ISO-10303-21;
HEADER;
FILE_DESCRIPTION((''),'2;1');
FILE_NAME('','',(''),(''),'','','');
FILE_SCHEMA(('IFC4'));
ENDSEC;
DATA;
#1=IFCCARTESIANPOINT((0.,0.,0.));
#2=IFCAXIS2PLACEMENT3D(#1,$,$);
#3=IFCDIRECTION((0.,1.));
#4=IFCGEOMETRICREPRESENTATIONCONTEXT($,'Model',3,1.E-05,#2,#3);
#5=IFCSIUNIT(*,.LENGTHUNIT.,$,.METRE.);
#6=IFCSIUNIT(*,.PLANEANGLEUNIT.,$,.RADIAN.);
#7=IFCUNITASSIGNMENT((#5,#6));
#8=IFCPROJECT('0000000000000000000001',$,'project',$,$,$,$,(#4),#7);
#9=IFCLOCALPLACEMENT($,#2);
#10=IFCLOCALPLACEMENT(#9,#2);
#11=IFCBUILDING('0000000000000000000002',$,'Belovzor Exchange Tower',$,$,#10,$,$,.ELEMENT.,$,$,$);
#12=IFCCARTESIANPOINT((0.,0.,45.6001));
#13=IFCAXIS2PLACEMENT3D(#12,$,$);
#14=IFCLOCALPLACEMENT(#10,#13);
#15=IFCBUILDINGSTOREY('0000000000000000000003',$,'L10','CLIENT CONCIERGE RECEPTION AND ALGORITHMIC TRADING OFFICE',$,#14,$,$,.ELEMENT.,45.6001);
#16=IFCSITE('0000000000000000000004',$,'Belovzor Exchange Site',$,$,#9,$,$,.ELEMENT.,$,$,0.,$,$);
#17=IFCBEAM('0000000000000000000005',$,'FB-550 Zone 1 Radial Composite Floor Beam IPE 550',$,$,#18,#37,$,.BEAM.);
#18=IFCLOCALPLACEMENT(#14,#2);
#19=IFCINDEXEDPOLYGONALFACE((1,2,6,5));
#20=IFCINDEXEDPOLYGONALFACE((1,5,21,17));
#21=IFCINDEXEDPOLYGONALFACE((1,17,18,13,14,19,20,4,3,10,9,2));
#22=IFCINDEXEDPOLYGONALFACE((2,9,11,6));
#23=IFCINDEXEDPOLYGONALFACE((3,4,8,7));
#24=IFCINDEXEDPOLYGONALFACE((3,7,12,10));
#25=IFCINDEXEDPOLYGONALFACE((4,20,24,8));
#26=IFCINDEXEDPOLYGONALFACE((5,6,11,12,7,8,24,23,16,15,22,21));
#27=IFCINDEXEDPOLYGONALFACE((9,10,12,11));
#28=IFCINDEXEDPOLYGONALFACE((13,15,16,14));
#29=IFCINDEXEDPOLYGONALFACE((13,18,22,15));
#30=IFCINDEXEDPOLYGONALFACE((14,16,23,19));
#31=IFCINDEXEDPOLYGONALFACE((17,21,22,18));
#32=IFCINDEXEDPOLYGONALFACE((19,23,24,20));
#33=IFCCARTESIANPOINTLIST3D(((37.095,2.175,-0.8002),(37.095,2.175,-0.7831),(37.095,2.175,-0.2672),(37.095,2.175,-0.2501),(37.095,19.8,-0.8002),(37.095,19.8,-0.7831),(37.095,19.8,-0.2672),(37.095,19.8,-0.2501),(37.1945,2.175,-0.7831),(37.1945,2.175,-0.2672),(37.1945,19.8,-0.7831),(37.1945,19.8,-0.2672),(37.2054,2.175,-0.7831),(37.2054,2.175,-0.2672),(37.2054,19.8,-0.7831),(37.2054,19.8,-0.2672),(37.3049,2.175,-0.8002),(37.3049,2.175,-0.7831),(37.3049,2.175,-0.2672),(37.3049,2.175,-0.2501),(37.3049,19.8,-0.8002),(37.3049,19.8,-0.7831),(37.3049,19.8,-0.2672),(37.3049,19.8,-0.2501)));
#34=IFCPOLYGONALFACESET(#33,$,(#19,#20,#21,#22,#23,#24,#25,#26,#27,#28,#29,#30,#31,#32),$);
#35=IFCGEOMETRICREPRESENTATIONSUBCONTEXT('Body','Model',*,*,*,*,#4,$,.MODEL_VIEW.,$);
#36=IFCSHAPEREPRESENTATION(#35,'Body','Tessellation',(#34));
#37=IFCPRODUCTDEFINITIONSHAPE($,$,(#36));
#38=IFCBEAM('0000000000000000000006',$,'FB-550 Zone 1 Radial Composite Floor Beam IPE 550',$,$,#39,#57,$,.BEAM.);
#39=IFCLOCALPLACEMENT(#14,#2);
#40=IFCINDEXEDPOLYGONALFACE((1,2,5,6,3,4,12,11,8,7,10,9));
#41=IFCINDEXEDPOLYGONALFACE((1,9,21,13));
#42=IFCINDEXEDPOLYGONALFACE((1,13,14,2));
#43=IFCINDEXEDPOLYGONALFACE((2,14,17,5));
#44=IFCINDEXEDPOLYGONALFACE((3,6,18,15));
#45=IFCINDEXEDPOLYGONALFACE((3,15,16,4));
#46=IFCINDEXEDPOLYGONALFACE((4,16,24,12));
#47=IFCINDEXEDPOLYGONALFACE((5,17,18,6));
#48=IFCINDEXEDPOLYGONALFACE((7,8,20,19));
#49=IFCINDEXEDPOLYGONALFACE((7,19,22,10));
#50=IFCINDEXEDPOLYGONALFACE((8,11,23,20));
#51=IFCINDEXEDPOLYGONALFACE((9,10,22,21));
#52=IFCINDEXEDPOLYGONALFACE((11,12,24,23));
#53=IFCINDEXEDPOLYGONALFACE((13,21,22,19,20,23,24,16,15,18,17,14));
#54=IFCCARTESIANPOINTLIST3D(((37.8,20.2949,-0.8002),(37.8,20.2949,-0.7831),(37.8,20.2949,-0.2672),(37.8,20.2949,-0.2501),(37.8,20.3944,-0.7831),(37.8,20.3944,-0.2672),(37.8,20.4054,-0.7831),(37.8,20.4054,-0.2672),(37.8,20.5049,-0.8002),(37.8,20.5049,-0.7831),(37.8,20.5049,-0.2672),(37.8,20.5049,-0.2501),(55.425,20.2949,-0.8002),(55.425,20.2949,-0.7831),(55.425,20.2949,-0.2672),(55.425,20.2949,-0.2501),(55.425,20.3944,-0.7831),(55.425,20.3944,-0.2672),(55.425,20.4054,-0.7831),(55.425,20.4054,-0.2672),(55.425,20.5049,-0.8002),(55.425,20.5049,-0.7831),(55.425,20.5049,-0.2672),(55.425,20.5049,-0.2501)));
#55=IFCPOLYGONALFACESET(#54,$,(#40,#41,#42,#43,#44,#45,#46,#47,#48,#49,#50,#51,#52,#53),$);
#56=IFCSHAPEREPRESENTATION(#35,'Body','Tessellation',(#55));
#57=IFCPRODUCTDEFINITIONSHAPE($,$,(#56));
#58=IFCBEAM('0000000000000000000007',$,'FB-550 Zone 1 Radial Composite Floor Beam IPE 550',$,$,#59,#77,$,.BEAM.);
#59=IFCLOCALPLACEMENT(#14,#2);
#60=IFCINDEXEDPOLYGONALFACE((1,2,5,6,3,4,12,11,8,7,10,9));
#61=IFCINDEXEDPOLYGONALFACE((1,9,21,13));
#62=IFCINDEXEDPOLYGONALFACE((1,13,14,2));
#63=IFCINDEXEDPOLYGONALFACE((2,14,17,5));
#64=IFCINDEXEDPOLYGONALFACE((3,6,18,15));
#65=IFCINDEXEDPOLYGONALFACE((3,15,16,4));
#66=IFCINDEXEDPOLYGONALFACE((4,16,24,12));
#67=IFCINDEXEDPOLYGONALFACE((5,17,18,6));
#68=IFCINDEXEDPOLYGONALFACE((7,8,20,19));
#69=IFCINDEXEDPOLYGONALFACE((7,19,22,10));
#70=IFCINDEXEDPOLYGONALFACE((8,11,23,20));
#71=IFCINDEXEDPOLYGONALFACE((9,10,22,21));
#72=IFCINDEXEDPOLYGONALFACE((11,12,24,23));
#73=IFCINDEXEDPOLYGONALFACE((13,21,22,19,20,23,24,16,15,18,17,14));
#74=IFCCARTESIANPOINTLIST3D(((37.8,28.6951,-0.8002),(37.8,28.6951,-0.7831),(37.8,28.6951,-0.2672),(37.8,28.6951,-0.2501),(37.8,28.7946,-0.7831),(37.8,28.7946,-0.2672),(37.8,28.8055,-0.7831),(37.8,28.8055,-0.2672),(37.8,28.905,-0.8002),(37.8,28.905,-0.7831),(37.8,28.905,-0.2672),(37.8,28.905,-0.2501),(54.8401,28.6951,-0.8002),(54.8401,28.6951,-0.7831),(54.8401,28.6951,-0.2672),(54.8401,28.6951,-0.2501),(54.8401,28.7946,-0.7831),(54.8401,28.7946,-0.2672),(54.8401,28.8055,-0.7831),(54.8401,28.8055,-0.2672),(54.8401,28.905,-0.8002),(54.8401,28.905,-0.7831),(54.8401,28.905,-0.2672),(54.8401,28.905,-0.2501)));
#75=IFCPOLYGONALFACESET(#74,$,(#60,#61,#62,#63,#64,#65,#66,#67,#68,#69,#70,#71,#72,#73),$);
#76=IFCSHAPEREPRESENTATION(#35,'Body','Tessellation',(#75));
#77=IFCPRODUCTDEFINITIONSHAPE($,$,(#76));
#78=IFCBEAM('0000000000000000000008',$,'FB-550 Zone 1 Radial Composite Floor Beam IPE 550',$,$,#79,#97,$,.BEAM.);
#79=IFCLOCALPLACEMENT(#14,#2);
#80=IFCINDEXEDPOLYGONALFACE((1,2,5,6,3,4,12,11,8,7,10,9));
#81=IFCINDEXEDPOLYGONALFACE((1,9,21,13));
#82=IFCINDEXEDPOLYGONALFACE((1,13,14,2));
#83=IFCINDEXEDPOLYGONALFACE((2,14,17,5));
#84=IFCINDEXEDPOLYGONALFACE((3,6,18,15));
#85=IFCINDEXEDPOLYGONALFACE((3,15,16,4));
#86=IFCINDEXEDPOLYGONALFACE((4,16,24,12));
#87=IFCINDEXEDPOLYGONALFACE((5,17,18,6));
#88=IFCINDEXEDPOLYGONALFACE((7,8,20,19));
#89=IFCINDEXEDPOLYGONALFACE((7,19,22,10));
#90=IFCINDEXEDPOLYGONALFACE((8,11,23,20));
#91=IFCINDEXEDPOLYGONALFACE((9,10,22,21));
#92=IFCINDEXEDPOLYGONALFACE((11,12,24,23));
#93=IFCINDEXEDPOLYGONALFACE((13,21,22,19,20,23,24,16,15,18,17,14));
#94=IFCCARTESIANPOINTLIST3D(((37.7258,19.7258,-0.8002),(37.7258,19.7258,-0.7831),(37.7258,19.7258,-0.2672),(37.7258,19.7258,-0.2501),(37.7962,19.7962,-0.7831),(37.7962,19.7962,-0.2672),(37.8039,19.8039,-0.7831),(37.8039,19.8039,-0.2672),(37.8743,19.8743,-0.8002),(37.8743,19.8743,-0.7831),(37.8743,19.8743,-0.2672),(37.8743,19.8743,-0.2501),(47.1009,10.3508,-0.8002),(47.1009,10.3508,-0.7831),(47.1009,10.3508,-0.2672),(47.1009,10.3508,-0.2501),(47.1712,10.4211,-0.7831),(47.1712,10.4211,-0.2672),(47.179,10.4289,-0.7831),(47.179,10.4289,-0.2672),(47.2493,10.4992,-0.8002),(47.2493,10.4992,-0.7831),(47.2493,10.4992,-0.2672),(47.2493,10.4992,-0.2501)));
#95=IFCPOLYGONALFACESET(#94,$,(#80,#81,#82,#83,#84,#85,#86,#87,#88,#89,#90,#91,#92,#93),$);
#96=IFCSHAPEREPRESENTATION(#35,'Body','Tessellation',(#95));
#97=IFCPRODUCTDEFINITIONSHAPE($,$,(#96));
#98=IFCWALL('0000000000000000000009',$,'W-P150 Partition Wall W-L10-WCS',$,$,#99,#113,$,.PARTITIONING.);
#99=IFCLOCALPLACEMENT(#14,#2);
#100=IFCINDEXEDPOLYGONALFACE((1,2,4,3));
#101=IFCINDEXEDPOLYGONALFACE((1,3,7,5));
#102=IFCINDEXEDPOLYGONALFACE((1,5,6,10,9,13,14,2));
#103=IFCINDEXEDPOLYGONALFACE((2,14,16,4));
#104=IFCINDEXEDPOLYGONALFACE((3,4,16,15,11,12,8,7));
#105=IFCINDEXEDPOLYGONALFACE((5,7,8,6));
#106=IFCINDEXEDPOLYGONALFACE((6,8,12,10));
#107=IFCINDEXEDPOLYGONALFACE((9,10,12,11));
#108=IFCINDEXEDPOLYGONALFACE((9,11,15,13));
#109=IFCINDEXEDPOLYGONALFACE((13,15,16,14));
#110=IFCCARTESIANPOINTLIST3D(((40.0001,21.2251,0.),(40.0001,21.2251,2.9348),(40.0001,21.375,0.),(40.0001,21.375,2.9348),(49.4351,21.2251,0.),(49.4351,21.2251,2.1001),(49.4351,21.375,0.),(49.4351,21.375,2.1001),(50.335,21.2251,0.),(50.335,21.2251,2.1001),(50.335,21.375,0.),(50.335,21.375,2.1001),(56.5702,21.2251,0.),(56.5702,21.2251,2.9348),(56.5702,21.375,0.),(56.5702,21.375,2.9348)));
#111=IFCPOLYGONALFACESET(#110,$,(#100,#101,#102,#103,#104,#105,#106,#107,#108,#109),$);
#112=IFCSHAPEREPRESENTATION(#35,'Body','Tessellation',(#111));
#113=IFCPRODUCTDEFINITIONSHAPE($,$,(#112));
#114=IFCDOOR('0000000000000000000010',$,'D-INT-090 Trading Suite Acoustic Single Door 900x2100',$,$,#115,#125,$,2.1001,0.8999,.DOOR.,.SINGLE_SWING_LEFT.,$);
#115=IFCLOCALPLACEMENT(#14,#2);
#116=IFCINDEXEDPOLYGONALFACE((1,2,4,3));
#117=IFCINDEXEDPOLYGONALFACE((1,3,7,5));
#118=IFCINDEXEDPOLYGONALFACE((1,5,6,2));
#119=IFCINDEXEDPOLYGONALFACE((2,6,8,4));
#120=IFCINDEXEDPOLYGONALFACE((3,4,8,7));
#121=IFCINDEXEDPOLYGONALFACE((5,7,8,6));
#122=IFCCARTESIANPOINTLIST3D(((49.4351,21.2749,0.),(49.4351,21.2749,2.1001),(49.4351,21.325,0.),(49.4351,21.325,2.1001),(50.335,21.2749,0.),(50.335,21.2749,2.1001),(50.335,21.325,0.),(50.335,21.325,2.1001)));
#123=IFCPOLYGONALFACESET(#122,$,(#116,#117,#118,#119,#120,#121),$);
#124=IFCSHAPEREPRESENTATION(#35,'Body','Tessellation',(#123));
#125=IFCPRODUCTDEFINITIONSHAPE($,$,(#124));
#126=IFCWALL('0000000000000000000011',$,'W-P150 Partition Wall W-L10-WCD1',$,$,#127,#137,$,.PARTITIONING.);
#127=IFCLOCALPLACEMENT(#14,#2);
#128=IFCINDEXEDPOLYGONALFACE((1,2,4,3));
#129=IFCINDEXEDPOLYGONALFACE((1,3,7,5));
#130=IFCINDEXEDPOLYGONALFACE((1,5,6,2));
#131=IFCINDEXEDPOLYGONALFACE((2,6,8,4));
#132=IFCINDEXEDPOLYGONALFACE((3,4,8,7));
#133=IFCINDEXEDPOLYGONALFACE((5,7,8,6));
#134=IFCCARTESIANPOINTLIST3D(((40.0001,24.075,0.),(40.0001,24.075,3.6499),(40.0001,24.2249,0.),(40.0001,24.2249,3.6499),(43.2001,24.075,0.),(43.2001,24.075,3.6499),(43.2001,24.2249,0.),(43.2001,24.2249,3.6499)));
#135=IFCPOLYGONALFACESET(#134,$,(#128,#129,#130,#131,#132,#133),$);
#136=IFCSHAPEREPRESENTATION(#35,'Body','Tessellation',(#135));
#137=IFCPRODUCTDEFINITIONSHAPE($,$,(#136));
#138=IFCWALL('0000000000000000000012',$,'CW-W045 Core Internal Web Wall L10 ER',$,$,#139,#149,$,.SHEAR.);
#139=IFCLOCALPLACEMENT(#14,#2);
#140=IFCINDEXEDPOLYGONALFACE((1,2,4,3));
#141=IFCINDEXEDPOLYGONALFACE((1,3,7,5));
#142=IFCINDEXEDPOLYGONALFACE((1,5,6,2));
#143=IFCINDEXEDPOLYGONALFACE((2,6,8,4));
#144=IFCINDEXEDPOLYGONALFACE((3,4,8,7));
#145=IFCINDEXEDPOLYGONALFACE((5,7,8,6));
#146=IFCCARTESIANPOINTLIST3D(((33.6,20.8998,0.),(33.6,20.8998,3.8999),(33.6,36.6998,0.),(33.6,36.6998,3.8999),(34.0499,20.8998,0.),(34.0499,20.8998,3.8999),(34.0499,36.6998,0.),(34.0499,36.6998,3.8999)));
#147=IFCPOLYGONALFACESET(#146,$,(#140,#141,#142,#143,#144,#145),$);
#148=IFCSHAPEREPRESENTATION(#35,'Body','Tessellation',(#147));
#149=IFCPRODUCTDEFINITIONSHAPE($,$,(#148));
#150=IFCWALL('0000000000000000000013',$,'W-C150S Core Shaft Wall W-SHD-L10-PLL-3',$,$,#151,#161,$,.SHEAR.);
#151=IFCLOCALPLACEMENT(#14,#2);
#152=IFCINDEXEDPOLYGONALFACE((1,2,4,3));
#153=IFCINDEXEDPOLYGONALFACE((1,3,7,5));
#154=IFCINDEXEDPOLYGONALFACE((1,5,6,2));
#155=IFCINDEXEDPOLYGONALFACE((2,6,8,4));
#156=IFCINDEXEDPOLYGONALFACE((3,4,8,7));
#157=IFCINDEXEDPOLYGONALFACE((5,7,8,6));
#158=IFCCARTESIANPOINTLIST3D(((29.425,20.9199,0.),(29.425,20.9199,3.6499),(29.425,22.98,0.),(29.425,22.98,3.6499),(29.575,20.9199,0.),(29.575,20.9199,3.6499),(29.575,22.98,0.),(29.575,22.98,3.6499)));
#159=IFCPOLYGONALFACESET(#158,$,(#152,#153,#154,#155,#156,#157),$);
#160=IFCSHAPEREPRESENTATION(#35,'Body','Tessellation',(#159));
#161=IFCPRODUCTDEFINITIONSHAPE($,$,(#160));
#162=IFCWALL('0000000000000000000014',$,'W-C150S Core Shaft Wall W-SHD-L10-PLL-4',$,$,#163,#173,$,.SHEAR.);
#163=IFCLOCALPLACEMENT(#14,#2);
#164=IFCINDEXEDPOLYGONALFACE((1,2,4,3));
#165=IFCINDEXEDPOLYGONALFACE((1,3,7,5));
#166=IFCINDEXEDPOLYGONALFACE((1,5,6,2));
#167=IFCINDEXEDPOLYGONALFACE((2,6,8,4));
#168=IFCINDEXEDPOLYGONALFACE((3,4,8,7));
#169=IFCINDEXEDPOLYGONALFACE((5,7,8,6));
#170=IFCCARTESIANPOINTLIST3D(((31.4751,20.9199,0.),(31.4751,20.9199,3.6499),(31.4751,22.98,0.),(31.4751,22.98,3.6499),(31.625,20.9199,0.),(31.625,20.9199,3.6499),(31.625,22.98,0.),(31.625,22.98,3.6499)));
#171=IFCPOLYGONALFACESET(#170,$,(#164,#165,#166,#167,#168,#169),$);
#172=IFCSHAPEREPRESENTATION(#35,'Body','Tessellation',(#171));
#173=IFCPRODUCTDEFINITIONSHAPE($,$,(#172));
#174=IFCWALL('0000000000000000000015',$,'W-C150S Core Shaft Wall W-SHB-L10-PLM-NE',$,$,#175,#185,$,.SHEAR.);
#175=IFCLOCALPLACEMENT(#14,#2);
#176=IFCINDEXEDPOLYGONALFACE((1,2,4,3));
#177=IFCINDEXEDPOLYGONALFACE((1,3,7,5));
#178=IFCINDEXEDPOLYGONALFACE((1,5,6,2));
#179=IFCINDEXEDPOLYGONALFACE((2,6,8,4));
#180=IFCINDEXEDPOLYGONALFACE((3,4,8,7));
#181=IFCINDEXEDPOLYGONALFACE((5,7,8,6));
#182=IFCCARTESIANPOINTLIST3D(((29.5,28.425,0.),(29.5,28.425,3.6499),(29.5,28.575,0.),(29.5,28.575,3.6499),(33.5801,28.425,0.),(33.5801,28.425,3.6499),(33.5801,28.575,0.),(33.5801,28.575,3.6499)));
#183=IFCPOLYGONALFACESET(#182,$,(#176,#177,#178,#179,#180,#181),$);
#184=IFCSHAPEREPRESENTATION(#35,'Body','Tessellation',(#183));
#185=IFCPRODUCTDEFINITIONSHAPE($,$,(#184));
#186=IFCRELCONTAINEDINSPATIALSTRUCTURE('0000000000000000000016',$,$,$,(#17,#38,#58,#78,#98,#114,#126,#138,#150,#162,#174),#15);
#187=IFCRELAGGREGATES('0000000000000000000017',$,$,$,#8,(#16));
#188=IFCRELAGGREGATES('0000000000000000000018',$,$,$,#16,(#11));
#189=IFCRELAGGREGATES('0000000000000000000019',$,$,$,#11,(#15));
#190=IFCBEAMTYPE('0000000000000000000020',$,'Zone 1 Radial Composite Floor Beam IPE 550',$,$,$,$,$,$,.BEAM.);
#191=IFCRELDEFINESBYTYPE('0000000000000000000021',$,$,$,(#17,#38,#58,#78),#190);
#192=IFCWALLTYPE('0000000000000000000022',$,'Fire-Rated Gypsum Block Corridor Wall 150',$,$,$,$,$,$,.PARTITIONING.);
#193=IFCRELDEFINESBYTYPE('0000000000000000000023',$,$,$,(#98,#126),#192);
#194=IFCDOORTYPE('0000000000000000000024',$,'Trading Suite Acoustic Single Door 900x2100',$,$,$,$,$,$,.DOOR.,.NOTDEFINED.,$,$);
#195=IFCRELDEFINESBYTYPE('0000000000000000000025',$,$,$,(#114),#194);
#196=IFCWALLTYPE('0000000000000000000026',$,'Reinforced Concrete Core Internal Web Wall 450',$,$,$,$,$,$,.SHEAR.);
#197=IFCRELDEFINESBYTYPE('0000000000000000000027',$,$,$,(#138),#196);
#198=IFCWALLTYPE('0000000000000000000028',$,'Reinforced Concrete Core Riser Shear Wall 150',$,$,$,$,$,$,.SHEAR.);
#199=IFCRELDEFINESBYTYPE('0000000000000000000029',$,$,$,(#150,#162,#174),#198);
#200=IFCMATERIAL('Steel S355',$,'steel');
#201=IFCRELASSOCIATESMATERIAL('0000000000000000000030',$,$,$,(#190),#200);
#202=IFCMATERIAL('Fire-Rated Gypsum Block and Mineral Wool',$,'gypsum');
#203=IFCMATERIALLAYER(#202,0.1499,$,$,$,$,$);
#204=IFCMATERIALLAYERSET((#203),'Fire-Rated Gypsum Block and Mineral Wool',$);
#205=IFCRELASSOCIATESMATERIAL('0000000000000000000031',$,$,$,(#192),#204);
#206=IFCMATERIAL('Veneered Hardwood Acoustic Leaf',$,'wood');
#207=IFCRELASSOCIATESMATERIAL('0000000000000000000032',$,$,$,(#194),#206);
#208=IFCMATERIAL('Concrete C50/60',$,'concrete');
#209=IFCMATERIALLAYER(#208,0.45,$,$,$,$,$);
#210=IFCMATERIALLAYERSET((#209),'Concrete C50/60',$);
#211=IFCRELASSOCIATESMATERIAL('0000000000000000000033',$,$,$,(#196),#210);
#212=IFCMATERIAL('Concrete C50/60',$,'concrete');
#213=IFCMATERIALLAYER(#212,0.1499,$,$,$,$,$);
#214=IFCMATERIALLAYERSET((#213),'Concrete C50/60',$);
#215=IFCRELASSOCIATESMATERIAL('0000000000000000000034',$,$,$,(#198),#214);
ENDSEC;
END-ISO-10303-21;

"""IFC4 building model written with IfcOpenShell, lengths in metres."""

from ifc_helpers import new_model, si_unit, direction, frame, frame_2d, origin, origin_2d, place, context, subcontext, project, spatial, rectangle, i_section, extrude, material, layer, layer_set, material_profile, profile_set, type_object, element, fill, save


model = new_model("IFC4")

# Units and contexts
model_context = context("Model", 3, precision=1e-05, world=origin(), true_north=direction((0.0, 1.0)))
body_context = subcontext(model_context, "Body", "Model", "MODEL_VIEW")
ifc_project = project(units=[si_unit("LENGTHUNIT", "METRE"), si_unit("PLANEANGLEUNIT", "RADIAN")], contexts=[model_context])

# Site, building, storey
site_placement = place(None, origin())
site = spatial("IfcSite", under=ifc_project, at=site_placement, Name="Belovzor Exchange Site", CompositionType="ELEMENT", RefElevation=0.0)
building_placement = place(site_placement, origin())
building = spatial("IfcBuilding", under=site, at=building_placement, Name="Belovzor Exchange Tower", CompositionType="ELEMENT")
storey_placement = place(building_placement, frame((0.0, 0.0, 45.6001)))
storey = spatial("IfcBuildingStorey", under=building, at=storey_placement, Name="L10", Description="CLIENT CONCIERGE RECEPTION AND ALGORITHMIC TRADING OFFICE", CompositionType="ELEMENT", Elevation=45.6001)

# Beams
ifc_material_1 = material(Name="Steel S355", Category="steel")
ifc_material_profile = material_profile(ifc_material_1, i_section(OverallWidth=0.21, OverallDepth=0.55, WebThickness=0.011, FlangeThickness=0.0171, at=origin_2d()))
ifc_profile_set = profile_set([ifc_material_profile], Name="Steel S355")
beam_type = type_object("IfcBeamType", Name="Zone 1 Radial Composite Floor Beam IPE 550", PredefinedType="BEAM", material=ifc_profile_set)
for number, where, z_axis, x_axis, name in (
    (1, (37.2, 19.8, -0.5251), (0.0, -1.0, 0.0), (1.0, 0.0, 0.0), "FB-550 Zone 1 Radial Composite Floor Beam IPE 550"),
    (2, (37.8, 20.3999, -0.5251), (1.0, 0.0, 0.0), (0.0, 1.0, 0.0), "FB-550 Zone 1 Radial Composite Floor Beam IPE 550"),
):
    element("IfcBeam", number, at=place(storey_placement, frame(where, z_axis=z_axis, x_axis=x_axis)), inside=storey, type_object=beam_type, Name=name, PredefinedType="BEAM", context=body_context, shape_type="SweptSolid", body=[
        extrude(i_section(OverallWidth=0.21, OverallDepth=0.55, WebThickness=0.011, FlangeThickness=0.0171, at=origin_2d()), origin(), (0.0, 0.0, 1.0), 17.625),
    ])
beam_1_placement = place(storey_placement, frame((37.8, 28.8, -0.5251), z_axis=(1.0, 0.0, 0.0), x_axis=(0.0, 1.0, 0.0)))
element("IfcBeam", 3, at=beam_1_placement, inside=storey, type_object=beam_type, Name="FB-550 Zone 1 Radial Composite Floor Beam IPE 550", PredefinedType="BEAM", context=body_context, shape_type="SweptSolid", body=[
    extrude(i_section(OverallWidth=0.21, OverallDepth=0.55, WebThickness=0.011, FlangeThickness=0.0171, at=origin_2d()), origin(), (0.0, 0.0, 1.0), 17.04),
])
beam_2_placement = place(storey_placement, frame((37.8, 19.8, -0.5251), z_axis=(0.707107, -0.707107, 0.0), x_axis=(0.707107, 0.707107, 0.0)))
element("IfcBeam", 4, at=beam_2_placement, inside=storey, type_object=beam_type, Name="FB-550 Zone 1 Radial Composite Floor Beam IPE 550", PredefinedType="BEAM", context=body_context, shape_type="SweptSolid", body=[
    extrude(i_section(OverallWidth=0.21, OverallDepth=0.55, WebThickness=0.011, FlangeThickness=0.0171, at=origin_2d()), origin(), (0.0, 0.0, 1.0), 13.2583),
])

# Wall, opening, door
ifc_material_2 = material(Name="Fire-Rated Gypsum Block and Mineral Wool", Category="gypsum")
ifc_layer_1 = layer(ifc_material_2, 0.1499)
ifc_layer_set_1 = layer_set([ifc_layer_1], Name="Fire-Rated Gypsum Block and Mineral Wool")
wall_type_1 = type_object("IfcWallType", Name="Fire-Rated Gypsum Block Corridor Wall 150", PredefinedType="PARTITIONING", material=ifc_layer_set_1)
wall_1_placement = place(storey_placement, frame((40.0, 21.3, 0.0), z_axis=(0.0, 0.0, 1.0), x_axis=(1.0, 0.0, 0.0)))
wall_1 = element("IfcWall", 5, at=wall_1_placement, inside=storey, type_object=wall_type_1, Name="W-P150 Partition Wall W-L10-WCS", PredefinedType="PARTITIONING", context=body_context, shape_type="SweptSolid", body=[
    extrude(rectangle(XDim=16.5701, YDim=0.1499, at=frame_2d((8.2852, 0.0))), origin(), (0.0, 0.0, 1.0), 2.9348),
])
opening_1_placement = place(wall_1_placement, frame((9.4351, 0.0, 0.0)))
opening_1 = element("IfcOpeningElement", 6, at=opening_1_placement, cuts=wall_1, PredefinedType="OPENING", context=body_context, shape_type="SweptSolid", body=[
    extrude(rectangle(XDim=0.8999, YDim=2.1001, at=frame_2d((0.45, 1.05))), frame((0.0, 0.085, 0.0), z_axis=(0.0, -1.0, 0.0), x_axis=(1.0, 0.0, 0.0)), (0.0, 0.0, 1.0), 0.1699),
])
ifc_material_3 = material(Name="Veneered Hardwood Acoustic Leaf", Category="wood")
door_type_1 = type_object("IfcDoorType", Name="Trading Suite Acoustic Single Door 900x2100", OperationType="NOTDEFINED", PredefinedType="DOOR", material=ifc_material_3)
door_1_placement = place(opening_1_placement, origin())
door_1 = element("IfcDoor", 7, at=door_1_placement, inside=storey, type_object=door_type_1, Name="D-INT-090 Trading Suite Acoustic Single Door 900x2100", OperationType="SINGLE_SWING_LEFT", OverallHeight=2.1001, OverallWidth=0.8999, PredefinedType="DOOR", context=body_context, shape_type="SweptSolid", body=[
    extrude(rectangle(XDim=0.8999, YDim=2.1001, at=frame_2d((0.45, 1.05))), frame((0.0, 0.0249, 0.0), z_axis=(0.0, -1.0, 0.0), x_axis=(1.0, 0.0, 0.0)), (0.0, 0.0, 1.0), 0.05),
])
fill(opening_1, door_1)

# Walls
wall_2_placement = place(storey_placement, frame((40.0, 24.1499, 0.0), z_axis=(0.0, 0.0, 1.0), x_axis=(1.0, 0.0, 0.0)))
element("IfcWall", 8, at=wall_2_placement, inside=storey, type_object=wall_type_1, Name="W-P150 Partition Wall W-L10-WCD1", PredefinedType="PARTITIONING", context=body_context, shape_type="SweptSolid", body=[
    extrude(rectangle(XDim=3.2, YDim=0.1499, at=frame_2d((1.6001, 0.0))), origin(), (0.0, 0.0, 1.0), 3.6499),
])
ifc_material_4 = material(Name="Concrete C50/60", Category="concrete")
ifc_layer_2 = layer(ifc_material_4, 0.45)
ifc_layer_set_2 = layer_set([ifc_layer_2], Name="Concrete C50/60")
wall_type_2 = type_object("IfcWallType", Name="Reinforced Concrete Core Internal Web Wall 450", PredefinedType="SHEAR", material=ifc_layer_set_2)
wall_3_placement = place(storey_placement, frame((33.825, 20.8999, 0.0), z_axis=(0.0, 0.0, 1.0), x_axis=(0.0, 1.0, 0.0)))
element("IfcWall", 9, at=wall_3_placement, inside=storey, type_object=wall_type_2, Name="CW-W045 Core Internal Web Wall L10 ER", PredefinedType="SHEAR", context=body_context, shape_type="SweptSolid", body=[
    extrude(rectangle(XDim=15.8, YDim=0.45, at=frame_2d((7.8999, 0.0))), origin(), (0.0, 0.0, 1.0), 3.8999),
])
ifc_material_5 = material(Name="Concrete C50/60", Category="concrete")
ifc_layer_3 = layer(ifc_material_5, 0.1499)
ifc_layer_set_3 = layer_set([ifc_layer_3], Name="Concrete C50/60")
wall_type_3 = type_object("IfcWallType", Name="Reinforced Concrete Core Riser Shear Wall 150", PredefinedType="SHEAR", material=ifc_layer_set_3)
for number, where, z_axis, x_axis, name in (
    (10, (29.5, 20.9199, 0.0), (0.0, 0.0, 1.0), (0.0, 1.0, 0.0), "W-C150S Core Shaft Wall W-SHD-L10-PLL-3"),
    (11, (31.55, 20.9199, 0.0), (0.0, 0.0, 1.0), (0.0, 1.0, 0.0), "W-C150S Core Shaft Wall W-SHD-L10-PLL-4"),
):
    element("IfcWall", number, at=place(storey_placement, frame(where, z_axis=z_axis, x_axis=x_axis)), inside=storey, type_object=wall_type_3, Name=name, PredefinedType="SHEAR", context=body_context, shape_type="SweptSolid", body=[
        extrude(rectangle(XDim=2.0601, YDim=0.1499, at=frame_2d((1.03, 0.0))), origin(), (0.0, 0.0, 1.0), 3.6499),
    ])
wall_4_placement = place(storey_placement, frame((29.5, 28.5, 0.0), z_axis=(0.0, 0.0, 1.0), x_axis=(1.0, 0.0, 0.0)))
element("IfcWall", 12, at=wall_4_placement, inside=storey, type_object=wall_type_3, Name="W-C150S Core Shaft Wall W-SHB-L10-PLM-NE", PredefinedType="SHEAR", context=body_context, shape_type="SweptSolid", body=[
    extrude(rectangle(XDim=4.0801, YDim=0.1499, at=frame_2d((2.04, 0.0))), origin(), (0.0, 0.0, 1.0), 3.6499),
])

save(model, "model.ifc")
